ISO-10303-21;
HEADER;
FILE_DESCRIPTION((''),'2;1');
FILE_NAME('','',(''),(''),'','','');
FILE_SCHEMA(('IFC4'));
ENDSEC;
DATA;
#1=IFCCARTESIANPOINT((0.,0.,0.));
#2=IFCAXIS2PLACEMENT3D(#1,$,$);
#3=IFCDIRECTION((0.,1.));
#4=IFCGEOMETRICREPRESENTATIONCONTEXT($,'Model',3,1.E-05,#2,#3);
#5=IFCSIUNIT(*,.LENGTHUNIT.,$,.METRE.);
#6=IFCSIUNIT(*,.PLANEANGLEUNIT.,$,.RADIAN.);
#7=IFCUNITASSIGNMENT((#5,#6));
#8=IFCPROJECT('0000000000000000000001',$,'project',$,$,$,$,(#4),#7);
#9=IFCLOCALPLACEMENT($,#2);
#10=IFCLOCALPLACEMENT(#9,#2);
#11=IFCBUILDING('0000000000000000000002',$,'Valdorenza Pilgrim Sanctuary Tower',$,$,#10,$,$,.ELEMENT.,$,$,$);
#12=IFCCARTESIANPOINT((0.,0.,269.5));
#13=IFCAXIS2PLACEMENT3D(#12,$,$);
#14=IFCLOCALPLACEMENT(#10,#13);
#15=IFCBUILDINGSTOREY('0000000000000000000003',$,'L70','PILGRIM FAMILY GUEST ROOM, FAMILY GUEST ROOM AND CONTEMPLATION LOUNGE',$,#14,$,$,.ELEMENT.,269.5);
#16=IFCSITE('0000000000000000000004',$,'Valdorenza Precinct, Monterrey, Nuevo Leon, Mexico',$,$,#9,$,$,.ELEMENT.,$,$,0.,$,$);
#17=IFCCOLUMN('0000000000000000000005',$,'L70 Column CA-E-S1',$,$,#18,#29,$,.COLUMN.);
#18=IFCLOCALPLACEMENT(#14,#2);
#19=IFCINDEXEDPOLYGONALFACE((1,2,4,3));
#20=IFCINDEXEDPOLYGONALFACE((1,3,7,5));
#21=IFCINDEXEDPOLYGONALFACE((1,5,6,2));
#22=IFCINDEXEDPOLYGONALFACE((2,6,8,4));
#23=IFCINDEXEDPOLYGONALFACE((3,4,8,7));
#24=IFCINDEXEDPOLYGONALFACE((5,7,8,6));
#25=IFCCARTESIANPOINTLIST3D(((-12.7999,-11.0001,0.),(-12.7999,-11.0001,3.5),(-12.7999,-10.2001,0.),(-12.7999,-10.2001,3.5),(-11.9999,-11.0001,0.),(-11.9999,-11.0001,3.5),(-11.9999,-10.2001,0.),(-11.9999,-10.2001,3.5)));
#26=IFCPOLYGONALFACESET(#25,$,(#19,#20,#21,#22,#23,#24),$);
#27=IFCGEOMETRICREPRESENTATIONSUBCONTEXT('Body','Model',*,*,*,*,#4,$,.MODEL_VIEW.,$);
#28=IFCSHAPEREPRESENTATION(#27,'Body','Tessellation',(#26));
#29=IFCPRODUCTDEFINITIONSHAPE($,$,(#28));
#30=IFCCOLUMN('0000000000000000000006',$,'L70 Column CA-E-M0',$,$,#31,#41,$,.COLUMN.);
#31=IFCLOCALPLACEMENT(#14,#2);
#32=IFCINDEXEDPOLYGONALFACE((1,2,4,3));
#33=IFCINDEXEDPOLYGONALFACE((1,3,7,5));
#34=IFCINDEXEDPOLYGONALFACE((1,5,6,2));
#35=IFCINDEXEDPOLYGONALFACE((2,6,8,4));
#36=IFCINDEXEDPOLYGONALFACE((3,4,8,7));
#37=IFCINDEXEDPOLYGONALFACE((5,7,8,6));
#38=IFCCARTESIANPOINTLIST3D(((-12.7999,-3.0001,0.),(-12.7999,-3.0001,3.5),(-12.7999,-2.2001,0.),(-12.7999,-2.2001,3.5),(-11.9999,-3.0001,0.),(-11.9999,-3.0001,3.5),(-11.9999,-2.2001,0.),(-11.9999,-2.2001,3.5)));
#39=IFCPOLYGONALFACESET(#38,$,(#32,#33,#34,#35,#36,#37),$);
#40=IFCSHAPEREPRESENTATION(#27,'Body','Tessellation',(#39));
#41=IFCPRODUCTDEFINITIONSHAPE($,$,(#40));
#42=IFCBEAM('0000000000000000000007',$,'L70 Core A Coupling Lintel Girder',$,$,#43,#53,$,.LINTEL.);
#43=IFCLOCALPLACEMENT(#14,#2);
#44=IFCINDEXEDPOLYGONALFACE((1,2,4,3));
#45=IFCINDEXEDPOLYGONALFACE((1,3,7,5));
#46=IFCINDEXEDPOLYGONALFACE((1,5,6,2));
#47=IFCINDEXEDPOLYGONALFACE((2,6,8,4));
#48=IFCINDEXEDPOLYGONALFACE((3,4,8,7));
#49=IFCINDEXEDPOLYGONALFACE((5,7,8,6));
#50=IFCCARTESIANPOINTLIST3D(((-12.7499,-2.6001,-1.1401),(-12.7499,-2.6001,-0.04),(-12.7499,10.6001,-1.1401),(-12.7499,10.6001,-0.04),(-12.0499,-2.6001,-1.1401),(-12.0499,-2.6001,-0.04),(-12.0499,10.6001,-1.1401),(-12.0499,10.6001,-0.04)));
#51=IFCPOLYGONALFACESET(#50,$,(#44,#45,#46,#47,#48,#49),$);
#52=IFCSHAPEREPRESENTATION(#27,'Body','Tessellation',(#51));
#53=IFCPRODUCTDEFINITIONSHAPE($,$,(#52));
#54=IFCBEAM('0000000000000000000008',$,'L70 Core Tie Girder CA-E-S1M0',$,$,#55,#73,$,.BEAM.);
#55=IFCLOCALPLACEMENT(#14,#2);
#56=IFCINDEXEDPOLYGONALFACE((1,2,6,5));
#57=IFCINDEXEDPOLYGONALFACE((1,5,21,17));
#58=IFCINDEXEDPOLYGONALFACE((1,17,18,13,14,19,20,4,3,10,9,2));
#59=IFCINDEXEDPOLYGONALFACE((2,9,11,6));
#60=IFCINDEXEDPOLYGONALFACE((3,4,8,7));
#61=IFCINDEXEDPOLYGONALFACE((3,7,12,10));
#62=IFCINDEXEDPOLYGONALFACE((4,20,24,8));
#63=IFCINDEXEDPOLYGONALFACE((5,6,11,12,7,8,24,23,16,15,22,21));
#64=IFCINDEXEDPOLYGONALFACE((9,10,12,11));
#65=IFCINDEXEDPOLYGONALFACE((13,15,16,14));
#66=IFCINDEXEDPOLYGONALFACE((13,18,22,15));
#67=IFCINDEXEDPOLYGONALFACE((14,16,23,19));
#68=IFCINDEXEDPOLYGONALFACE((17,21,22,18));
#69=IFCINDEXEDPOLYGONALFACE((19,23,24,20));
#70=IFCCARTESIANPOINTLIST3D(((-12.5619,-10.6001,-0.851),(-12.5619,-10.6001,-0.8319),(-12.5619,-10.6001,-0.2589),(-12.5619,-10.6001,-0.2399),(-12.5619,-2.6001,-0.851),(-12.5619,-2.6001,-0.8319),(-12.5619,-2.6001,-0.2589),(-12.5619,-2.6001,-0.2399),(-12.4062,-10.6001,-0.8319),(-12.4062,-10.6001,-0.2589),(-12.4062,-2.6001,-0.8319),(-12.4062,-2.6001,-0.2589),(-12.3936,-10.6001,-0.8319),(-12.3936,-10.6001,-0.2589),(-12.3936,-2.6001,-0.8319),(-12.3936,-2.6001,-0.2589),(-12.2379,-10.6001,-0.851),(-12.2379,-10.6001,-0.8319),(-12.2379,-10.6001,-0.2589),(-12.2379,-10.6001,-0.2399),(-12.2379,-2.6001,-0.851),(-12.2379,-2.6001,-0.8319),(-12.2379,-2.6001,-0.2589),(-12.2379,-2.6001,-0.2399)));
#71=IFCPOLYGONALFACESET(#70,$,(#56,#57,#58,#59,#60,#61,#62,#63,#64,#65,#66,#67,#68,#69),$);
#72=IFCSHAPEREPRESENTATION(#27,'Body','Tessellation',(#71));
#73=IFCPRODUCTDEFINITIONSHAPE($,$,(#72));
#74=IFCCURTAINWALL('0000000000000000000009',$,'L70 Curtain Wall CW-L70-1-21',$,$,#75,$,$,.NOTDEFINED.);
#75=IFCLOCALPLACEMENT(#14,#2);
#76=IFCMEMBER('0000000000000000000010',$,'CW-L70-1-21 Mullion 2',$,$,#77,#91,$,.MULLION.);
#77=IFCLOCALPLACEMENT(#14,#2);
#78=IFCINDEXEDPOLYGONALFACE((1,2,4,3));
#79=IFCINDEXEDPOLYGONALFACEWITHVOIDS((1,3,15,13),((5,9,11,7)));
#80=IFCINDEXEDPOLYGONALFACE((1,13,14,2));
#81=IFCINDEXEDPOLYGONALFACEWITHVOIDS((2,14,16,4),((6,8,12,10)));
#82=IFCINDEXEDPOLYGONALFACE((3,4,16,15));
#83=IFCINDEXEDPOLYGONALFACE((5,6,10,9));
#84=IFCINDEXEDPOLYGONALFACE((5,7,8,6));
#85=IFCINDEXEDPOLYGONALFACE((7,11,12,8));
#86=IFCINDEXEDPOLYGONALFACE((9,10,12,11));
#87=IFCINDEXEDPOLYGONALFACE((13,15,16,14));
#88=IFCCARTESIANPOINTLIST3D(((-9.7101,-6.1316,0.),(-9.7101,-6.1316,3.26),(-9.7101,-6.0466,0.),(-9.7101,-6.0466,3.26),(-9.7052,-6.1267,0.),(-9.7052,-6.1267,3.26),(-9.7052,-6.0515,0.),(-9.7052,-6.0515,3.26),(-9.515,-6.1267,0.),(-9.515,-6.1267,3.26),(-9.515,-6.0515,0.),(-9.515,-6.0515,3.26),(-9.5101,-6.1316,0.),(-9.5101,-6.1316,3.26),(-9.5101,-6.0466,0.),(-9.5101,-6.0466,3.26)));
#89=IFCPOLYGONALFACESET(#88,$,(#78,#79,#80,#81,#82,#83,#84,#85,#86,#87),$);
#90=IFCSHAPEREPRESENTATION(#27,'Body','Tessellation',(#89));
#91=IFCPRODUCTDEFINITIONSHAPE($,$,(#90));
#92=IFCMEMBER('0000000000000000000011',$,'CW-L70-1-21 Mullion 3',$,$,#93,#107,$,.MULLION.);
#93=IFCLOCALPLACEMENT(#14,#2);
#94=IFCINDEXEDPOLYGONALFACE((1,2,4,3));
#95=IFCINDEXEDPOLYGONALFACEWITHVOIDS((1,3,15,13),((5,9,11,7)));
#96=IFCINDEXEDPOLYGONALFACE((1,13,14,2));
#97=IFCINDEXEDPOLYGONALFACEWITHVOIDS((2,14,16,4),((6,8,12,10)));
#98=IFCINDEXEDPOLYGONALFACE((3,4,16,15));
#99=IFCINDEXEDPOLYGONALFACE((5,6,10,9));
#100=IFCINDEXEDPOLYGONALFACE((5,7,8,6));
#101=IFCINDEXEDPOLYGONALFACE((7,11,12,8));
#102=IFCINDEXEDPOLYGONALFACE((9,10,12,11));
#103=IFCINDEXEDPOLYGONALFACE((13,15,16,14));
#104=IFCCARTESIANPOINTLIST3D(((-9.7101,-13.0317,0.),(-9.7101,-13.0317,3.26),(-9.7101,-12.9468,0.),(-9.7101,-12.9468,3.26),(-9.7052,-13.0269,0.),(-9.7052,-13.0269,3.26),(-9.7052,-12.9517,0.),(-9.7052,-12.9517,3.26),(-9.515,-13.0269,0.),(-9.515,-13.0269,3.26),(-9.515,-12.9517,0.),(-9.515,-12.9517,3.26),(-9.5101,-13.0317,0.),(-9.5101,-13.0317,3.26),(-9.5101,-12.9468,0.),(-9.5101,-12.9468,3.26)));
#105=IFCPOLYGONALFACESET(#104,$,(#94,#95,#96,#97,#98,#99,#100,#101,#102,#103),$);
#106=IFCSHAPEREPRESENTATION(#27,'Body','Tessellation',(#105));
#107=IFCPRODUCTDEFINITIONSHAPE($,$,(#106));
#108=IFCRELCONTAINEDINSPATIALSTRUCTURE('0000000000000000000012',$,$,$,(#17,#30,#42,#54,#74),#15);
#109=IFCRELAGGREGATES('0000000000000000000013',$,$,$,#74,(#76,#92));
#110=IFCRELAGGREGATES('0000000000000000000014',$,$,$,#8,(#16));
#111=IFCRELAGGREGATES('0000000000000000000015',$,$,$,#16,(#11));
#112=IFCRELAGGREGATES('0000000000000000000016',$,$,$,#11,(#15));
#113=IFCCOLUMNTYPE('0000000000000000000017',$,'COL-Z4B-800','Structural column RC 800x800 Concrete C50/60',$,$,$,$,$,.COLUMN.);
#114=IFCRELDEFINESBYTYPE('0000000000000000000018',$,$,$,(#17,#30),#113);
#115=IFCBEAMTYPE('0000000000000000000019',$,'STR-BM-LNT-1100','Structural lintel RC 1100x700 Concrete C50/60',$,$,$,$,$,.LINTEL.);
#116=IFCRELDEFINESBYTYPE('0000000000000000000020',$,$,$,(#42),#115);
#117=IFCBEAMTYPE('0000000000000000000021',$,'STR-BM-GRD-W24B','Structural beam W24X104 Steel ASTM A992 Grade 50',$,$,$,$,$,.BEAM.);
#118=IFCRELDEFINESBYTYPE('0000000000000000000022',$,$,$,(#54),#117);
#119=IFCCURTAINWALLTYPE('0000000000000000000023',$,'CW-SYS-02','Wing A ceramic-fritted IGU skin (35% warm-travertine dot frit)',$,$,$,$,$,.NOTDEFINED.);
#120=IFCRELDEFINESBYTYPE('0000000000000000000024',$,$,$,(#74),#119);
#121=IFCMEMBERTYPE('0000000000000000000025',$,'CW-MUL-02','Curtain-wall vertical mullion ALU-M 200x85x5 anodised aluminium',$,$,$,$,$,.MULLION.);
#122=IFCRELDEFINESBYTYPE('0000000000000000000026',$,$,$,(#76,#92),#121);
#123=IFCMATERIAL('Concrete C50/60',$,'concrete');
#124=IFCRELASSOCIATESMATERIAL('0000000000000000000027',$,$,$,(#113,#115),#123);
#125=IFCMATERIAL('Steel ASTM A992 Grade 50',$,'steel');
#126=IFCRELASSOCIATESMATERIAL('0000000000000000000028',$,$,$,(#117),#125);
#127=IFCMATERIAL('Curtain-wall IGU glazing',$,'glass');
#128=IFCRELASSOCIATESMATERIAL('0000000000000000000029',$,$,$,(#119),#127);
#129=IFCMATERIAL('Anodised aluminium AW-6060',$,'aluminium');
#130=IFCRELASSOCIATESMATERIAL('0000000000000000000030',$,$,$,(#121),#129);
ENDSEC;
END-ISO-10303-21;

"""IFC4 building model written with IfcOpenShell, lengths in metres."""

from ifc_helpers import new_model, si_unit, direction, frame, origin, origin_2d, place, context, subcontext, project, spatial, rectangle, hollow_rectangle, i_section, extrude, source, transform, mapped, material, material_profile, profile_set, type_object, element, aggregate, save


model = new_model("IFC4")

# Units and contexts
model_context = context("Model", 3, precision=1e-05, world=origin(), true_north=direction((0.0, 1.0)))
body_context = subcontext(model_context, "Body", "Model", "MODEL_VIEW")
ifc_project = project(units=[si_unit("LENGTHUNIT", "METRE"), si_unit("PLANEANGLEUNIT", "RADIAN")], contexts=[model_context])

# Site, building, storey
site_placement = place(None, origin())
site = spatial("IfcSite", under=ifc_project, at=site_placement, Name="Valdorenza Precinct, Monterrey, Nuevo Leon, Mexico", CompositionType="ELEMENT", RefElevation=0.0)
building_placement = place(site_placement, origin())
building = spatial("IfcBuilding", under=site, at=building_placement, Name="Valdorenza Pilgrim Sanctuary Tower", CompositionType="ELEMENT")
storey_placement = place(building_placement, frame((0.0, 0.0, 269.5)))
storey = spatial("IfcBuildingStorey", under=building, at=storey_placement, Name="L70", Description="PILGRIM FAMILY GUEST ROOM, FAMILY GUEST ROOM AND CONTEMPLATION LOUNGE", CompositionType="ELEMENT", Elevation=269.5)

# Columns
ifc_material_1 = material(Name="Concrete C50/60", Category="concrete")
ifc_material_profile_1 = material_profile(ifc_material_1, rectangle(XDim=0.8, YDim=0.8, at=origin_2d()), Name="RC 800x800")
ifc_profile_set_1 = profile_set([ifc_material_profile_1], Name="Concrete C50/60")
column_type = type_object("IfcColumnType", Name="COL-Z4B-800", Description="Structural column RC 800x800 Concrete C50/60", PredefinedType="COLUMN", material=ifc_profile_set_1)
shared_shape_1 = source(origin(), body_context, "Body", "SweptSolid", [
    extrude(rectangle(XDim=0.8, YDim=0.8, at=origin_2d()), origin(), (0.0, 0.0, 1.0), 3.5),
])
for number, where, z_axis, x_axis, name in (
    (1, (-12.3999, -10.6001, 0.0), (0.0, 0.0, 1.0), (1.0, 0.0, 0.0), "L70 Column CA-E-S1"),
    (2, (-12.3999, -2.6001, 0.0), (0.0, 0.0, 1.0), (1.0, 0.0, 0.0), "L70 Column CA-E-M0"),
):
    element("IfcColumn", number, at=place(storey_placement, frame(where, z_axis=z_axis, x_axis=x_axis)), inside=storey, type_object=column_type, Name=name, PredefinedType="COLUMN", context=body_context, shape_type="MappedRepresentation", body=[
        mapped(shared_shape_1, transform((0.0, 0.0, 0.0), x_axis=(1.0, 0.0, 0.0), y_axis=(0.0, 1.0, 0.0), z_axis=(0.0, 0.0, 1.0), scale=1.0)),
    ])

# Beams
ifc_material_profile_2 = material_profile(ifc_material_1, rectangle(XDim=0.7, YDim=1.1001, at=origin_2d()), Name="RC 1100x700")
ifc_profile_set_2 = profile_set([ifc_material_profile_2], Name="Concrete C50/60")
beam_type_1 = type_object("IfcBeamType", Name="STR-BM-LNT-1100", Description="Structural lintel RC 1100x700 Concrete C50/60", PredefinedType="LINTEL", material=ifc_profile_set_2)
shared_shape_2 = source(origin(), body_context, "Body", "SweptSolid", [
    extrude(rectangle(XDim=0.7, YDim=1.1001, at=origin_2d()), origin(), (0.0, 0.0, 1.0), 13.2002),
])
beam_1_placement = place(storey_placement, frame((-12.3999, -2.6001, -0.5901), z_axis=(0.0, 1.0, 0.0), x_axis=(-1.0, 0.0, 0.0)))
element("IfcBeam", 3, at=beam_1_placement, inside=storey, type_object=beam_type_1, Name="L70 Core A Coupling Lintel Girder", PredefinedType="LINTEL", context=body_context, shape_type="MappedRepresentation", body=[
    mapped(shared_shape_2, transform((0.0, 0.0, 0.0), x_axis=(1.0, 0.0, 0.0), y_axis=(0.0, 1.0, 0.0), z_axis=(0.0, 0.0, 1.0), scale=1.0)),
])
ifc_material_2 = material(Name="Steel ASTM A992 Grade 50", Category="steel")
ifc_material_profile_3 = material_profile(ifc_material_2, i_section(OverallWidth=0.324, OverallDepth=0.6111, WebThickness=0.0127, FlangeThickness=0.019, at=origin_2d()), Name="W24X104")
ifc_profile_set_3 = profile_set([ifc_material_profile_3], Name="Steel ASTM A992 Grade 50")
beam_type_2 = type_object("IfcBeamType", Name="STR-BM-GRD-W24B", Description="Structural beam W24X104 Steel ASTM A992 Grade 50", PredefinedType="BEAM", material=ifc_profile_set_3)
shared_shape_3 = source(origin(), body_context, "Body", "SweptSolid", [
    extrude(i_section(OverallWidth=0.324, OverallDepth=0.6111, WebThickness=0.0127, FlangeThickness=0.019, at=origin_2d()), origin(), (0.0, 0.0, 1.0), 8.0),
])
beam_2_placement = place(storey_placement, frame((-12.3999, -10.6001, -0.5454), z_axis=(0.0, 1.0, 0.0), x_axis=(-1.0, 0.0, 0.0)))
element("IfcBeam", 4, at=beam_2_placement, inside=storey, type_object=beam_type_2, Name="L70 Core Tie Girder CA-E-S1M0", PredefinedType="BEAM", context=body_context, shape_type="MappedRepresentation", body=[
    mapped(shared_shape_3, transform((0.0, 0.0, 0.0), x_axis=(1.0, 0.0, 0.0), y_axis=(0.0, 1.0, 0.0), z_axis=(0.0, 0.0, 1.0), scale=1.0)),
])

# Curtain wall, members
ifc_material_3 = material(Name="Curtain-wall IGU glazing", Category="glass")
curtain_wall_type = type_object("IfcCurtainWallType", Name="CW-SYS-02", Description="Wing A ceramic-fritted IGU skin (35% warm-travertine dot frit)", PredefinedType="NOTDEFINED", material=ifc_material_3)
curtain_wall_placement = place(storey_placement, origin())
curtain_wall = element("IfcCurtainWall", 5, at=curtain_wall_placement, inside=storey, type_object=curtain_wall_type, Name="L70 Curtain Wall CW-L70-1-21", PredefinedType="NOTDEFINED")
ifc_material_4 = material(Name="Anodised aluminium AW-6060", Category="aluminium")
ifc_material_profile_4 = material_profile(ifc_material_4, hollow_rectangle(XDim=0.085, YDim=0.2, WallThickness=0.0049, at=origin_2d()), Name="ALU-M 200x85x5")
ifc_profile_set_4 = profile_set([ifc_material_profile_4], Name="Anodised aluminium AW-6060")
member_type = type_object("IfcMemberType", Name="CW-MUL-02", Description="Curtain-wall vertical mullion ALU-M 200x85x5 anodised aluminium", PredefinedType="MULLION", material=ifc_profile_set_4)
shared_shape_4 = source(origin(), body_context, "Body", "SweptSolid", [
    extrude(hollow_rectangle(XDim=0.085, YDim=0.2, WallThickness=0.0049, at=origin_2d()), origin(), (0.0, 0.0, 1.0), 3.26),
])
member_1_placement = place(storey_placement, frame((-9.6101, -6.0891, 0.0), z_axis=(0.0, 0.0, 1.0), x_axis=(0.0, -1.0, 0.0)))
member_1 = element("IfcMember", 6, at=member_1_placement, type_object=member_type, Name="CW-L70-1-21 Mullion 2", PredefinedType="MULLION", context=body_context, shape_type="MappedRepresentation", body=[
    mapped(shared_shape_4, transform((0.0, 0.0, 0.0), x_axis=(1.0, 0.0, 0.0), y_axis=(0.0, 1.0, 0.0), z_axis=(0.0, 0.0, 1.0), scale=1.0)),
])
member_2_placement = place(storey_placement, frame((-9.6101, -12.9893, 0.0), z_axis=(0.0, 0.0, 1.0), x_axis=(0.0, -1.0, 0.0)))
member_2 = element("IfcMember", 7, at=member_2_placement, type_object=member_type, Name="CW-L70-1-21 Mullion 3", PredefinedType="MULLION", context=body_context, shape_type="MappedRepresentation", body=[
    mapped(shared_shape_4, transform((0.0, 0.0, 0.0), x_axis=(1.0, 0.0, 0.0), y_axis=(0.0, 1.0, 0.0), z_axis=(0.0, 0.0, 1.0), scale=1.0)),
])

aggregate(curtain_wall, [member_1, member_2])

save(model, "model.ifc")
